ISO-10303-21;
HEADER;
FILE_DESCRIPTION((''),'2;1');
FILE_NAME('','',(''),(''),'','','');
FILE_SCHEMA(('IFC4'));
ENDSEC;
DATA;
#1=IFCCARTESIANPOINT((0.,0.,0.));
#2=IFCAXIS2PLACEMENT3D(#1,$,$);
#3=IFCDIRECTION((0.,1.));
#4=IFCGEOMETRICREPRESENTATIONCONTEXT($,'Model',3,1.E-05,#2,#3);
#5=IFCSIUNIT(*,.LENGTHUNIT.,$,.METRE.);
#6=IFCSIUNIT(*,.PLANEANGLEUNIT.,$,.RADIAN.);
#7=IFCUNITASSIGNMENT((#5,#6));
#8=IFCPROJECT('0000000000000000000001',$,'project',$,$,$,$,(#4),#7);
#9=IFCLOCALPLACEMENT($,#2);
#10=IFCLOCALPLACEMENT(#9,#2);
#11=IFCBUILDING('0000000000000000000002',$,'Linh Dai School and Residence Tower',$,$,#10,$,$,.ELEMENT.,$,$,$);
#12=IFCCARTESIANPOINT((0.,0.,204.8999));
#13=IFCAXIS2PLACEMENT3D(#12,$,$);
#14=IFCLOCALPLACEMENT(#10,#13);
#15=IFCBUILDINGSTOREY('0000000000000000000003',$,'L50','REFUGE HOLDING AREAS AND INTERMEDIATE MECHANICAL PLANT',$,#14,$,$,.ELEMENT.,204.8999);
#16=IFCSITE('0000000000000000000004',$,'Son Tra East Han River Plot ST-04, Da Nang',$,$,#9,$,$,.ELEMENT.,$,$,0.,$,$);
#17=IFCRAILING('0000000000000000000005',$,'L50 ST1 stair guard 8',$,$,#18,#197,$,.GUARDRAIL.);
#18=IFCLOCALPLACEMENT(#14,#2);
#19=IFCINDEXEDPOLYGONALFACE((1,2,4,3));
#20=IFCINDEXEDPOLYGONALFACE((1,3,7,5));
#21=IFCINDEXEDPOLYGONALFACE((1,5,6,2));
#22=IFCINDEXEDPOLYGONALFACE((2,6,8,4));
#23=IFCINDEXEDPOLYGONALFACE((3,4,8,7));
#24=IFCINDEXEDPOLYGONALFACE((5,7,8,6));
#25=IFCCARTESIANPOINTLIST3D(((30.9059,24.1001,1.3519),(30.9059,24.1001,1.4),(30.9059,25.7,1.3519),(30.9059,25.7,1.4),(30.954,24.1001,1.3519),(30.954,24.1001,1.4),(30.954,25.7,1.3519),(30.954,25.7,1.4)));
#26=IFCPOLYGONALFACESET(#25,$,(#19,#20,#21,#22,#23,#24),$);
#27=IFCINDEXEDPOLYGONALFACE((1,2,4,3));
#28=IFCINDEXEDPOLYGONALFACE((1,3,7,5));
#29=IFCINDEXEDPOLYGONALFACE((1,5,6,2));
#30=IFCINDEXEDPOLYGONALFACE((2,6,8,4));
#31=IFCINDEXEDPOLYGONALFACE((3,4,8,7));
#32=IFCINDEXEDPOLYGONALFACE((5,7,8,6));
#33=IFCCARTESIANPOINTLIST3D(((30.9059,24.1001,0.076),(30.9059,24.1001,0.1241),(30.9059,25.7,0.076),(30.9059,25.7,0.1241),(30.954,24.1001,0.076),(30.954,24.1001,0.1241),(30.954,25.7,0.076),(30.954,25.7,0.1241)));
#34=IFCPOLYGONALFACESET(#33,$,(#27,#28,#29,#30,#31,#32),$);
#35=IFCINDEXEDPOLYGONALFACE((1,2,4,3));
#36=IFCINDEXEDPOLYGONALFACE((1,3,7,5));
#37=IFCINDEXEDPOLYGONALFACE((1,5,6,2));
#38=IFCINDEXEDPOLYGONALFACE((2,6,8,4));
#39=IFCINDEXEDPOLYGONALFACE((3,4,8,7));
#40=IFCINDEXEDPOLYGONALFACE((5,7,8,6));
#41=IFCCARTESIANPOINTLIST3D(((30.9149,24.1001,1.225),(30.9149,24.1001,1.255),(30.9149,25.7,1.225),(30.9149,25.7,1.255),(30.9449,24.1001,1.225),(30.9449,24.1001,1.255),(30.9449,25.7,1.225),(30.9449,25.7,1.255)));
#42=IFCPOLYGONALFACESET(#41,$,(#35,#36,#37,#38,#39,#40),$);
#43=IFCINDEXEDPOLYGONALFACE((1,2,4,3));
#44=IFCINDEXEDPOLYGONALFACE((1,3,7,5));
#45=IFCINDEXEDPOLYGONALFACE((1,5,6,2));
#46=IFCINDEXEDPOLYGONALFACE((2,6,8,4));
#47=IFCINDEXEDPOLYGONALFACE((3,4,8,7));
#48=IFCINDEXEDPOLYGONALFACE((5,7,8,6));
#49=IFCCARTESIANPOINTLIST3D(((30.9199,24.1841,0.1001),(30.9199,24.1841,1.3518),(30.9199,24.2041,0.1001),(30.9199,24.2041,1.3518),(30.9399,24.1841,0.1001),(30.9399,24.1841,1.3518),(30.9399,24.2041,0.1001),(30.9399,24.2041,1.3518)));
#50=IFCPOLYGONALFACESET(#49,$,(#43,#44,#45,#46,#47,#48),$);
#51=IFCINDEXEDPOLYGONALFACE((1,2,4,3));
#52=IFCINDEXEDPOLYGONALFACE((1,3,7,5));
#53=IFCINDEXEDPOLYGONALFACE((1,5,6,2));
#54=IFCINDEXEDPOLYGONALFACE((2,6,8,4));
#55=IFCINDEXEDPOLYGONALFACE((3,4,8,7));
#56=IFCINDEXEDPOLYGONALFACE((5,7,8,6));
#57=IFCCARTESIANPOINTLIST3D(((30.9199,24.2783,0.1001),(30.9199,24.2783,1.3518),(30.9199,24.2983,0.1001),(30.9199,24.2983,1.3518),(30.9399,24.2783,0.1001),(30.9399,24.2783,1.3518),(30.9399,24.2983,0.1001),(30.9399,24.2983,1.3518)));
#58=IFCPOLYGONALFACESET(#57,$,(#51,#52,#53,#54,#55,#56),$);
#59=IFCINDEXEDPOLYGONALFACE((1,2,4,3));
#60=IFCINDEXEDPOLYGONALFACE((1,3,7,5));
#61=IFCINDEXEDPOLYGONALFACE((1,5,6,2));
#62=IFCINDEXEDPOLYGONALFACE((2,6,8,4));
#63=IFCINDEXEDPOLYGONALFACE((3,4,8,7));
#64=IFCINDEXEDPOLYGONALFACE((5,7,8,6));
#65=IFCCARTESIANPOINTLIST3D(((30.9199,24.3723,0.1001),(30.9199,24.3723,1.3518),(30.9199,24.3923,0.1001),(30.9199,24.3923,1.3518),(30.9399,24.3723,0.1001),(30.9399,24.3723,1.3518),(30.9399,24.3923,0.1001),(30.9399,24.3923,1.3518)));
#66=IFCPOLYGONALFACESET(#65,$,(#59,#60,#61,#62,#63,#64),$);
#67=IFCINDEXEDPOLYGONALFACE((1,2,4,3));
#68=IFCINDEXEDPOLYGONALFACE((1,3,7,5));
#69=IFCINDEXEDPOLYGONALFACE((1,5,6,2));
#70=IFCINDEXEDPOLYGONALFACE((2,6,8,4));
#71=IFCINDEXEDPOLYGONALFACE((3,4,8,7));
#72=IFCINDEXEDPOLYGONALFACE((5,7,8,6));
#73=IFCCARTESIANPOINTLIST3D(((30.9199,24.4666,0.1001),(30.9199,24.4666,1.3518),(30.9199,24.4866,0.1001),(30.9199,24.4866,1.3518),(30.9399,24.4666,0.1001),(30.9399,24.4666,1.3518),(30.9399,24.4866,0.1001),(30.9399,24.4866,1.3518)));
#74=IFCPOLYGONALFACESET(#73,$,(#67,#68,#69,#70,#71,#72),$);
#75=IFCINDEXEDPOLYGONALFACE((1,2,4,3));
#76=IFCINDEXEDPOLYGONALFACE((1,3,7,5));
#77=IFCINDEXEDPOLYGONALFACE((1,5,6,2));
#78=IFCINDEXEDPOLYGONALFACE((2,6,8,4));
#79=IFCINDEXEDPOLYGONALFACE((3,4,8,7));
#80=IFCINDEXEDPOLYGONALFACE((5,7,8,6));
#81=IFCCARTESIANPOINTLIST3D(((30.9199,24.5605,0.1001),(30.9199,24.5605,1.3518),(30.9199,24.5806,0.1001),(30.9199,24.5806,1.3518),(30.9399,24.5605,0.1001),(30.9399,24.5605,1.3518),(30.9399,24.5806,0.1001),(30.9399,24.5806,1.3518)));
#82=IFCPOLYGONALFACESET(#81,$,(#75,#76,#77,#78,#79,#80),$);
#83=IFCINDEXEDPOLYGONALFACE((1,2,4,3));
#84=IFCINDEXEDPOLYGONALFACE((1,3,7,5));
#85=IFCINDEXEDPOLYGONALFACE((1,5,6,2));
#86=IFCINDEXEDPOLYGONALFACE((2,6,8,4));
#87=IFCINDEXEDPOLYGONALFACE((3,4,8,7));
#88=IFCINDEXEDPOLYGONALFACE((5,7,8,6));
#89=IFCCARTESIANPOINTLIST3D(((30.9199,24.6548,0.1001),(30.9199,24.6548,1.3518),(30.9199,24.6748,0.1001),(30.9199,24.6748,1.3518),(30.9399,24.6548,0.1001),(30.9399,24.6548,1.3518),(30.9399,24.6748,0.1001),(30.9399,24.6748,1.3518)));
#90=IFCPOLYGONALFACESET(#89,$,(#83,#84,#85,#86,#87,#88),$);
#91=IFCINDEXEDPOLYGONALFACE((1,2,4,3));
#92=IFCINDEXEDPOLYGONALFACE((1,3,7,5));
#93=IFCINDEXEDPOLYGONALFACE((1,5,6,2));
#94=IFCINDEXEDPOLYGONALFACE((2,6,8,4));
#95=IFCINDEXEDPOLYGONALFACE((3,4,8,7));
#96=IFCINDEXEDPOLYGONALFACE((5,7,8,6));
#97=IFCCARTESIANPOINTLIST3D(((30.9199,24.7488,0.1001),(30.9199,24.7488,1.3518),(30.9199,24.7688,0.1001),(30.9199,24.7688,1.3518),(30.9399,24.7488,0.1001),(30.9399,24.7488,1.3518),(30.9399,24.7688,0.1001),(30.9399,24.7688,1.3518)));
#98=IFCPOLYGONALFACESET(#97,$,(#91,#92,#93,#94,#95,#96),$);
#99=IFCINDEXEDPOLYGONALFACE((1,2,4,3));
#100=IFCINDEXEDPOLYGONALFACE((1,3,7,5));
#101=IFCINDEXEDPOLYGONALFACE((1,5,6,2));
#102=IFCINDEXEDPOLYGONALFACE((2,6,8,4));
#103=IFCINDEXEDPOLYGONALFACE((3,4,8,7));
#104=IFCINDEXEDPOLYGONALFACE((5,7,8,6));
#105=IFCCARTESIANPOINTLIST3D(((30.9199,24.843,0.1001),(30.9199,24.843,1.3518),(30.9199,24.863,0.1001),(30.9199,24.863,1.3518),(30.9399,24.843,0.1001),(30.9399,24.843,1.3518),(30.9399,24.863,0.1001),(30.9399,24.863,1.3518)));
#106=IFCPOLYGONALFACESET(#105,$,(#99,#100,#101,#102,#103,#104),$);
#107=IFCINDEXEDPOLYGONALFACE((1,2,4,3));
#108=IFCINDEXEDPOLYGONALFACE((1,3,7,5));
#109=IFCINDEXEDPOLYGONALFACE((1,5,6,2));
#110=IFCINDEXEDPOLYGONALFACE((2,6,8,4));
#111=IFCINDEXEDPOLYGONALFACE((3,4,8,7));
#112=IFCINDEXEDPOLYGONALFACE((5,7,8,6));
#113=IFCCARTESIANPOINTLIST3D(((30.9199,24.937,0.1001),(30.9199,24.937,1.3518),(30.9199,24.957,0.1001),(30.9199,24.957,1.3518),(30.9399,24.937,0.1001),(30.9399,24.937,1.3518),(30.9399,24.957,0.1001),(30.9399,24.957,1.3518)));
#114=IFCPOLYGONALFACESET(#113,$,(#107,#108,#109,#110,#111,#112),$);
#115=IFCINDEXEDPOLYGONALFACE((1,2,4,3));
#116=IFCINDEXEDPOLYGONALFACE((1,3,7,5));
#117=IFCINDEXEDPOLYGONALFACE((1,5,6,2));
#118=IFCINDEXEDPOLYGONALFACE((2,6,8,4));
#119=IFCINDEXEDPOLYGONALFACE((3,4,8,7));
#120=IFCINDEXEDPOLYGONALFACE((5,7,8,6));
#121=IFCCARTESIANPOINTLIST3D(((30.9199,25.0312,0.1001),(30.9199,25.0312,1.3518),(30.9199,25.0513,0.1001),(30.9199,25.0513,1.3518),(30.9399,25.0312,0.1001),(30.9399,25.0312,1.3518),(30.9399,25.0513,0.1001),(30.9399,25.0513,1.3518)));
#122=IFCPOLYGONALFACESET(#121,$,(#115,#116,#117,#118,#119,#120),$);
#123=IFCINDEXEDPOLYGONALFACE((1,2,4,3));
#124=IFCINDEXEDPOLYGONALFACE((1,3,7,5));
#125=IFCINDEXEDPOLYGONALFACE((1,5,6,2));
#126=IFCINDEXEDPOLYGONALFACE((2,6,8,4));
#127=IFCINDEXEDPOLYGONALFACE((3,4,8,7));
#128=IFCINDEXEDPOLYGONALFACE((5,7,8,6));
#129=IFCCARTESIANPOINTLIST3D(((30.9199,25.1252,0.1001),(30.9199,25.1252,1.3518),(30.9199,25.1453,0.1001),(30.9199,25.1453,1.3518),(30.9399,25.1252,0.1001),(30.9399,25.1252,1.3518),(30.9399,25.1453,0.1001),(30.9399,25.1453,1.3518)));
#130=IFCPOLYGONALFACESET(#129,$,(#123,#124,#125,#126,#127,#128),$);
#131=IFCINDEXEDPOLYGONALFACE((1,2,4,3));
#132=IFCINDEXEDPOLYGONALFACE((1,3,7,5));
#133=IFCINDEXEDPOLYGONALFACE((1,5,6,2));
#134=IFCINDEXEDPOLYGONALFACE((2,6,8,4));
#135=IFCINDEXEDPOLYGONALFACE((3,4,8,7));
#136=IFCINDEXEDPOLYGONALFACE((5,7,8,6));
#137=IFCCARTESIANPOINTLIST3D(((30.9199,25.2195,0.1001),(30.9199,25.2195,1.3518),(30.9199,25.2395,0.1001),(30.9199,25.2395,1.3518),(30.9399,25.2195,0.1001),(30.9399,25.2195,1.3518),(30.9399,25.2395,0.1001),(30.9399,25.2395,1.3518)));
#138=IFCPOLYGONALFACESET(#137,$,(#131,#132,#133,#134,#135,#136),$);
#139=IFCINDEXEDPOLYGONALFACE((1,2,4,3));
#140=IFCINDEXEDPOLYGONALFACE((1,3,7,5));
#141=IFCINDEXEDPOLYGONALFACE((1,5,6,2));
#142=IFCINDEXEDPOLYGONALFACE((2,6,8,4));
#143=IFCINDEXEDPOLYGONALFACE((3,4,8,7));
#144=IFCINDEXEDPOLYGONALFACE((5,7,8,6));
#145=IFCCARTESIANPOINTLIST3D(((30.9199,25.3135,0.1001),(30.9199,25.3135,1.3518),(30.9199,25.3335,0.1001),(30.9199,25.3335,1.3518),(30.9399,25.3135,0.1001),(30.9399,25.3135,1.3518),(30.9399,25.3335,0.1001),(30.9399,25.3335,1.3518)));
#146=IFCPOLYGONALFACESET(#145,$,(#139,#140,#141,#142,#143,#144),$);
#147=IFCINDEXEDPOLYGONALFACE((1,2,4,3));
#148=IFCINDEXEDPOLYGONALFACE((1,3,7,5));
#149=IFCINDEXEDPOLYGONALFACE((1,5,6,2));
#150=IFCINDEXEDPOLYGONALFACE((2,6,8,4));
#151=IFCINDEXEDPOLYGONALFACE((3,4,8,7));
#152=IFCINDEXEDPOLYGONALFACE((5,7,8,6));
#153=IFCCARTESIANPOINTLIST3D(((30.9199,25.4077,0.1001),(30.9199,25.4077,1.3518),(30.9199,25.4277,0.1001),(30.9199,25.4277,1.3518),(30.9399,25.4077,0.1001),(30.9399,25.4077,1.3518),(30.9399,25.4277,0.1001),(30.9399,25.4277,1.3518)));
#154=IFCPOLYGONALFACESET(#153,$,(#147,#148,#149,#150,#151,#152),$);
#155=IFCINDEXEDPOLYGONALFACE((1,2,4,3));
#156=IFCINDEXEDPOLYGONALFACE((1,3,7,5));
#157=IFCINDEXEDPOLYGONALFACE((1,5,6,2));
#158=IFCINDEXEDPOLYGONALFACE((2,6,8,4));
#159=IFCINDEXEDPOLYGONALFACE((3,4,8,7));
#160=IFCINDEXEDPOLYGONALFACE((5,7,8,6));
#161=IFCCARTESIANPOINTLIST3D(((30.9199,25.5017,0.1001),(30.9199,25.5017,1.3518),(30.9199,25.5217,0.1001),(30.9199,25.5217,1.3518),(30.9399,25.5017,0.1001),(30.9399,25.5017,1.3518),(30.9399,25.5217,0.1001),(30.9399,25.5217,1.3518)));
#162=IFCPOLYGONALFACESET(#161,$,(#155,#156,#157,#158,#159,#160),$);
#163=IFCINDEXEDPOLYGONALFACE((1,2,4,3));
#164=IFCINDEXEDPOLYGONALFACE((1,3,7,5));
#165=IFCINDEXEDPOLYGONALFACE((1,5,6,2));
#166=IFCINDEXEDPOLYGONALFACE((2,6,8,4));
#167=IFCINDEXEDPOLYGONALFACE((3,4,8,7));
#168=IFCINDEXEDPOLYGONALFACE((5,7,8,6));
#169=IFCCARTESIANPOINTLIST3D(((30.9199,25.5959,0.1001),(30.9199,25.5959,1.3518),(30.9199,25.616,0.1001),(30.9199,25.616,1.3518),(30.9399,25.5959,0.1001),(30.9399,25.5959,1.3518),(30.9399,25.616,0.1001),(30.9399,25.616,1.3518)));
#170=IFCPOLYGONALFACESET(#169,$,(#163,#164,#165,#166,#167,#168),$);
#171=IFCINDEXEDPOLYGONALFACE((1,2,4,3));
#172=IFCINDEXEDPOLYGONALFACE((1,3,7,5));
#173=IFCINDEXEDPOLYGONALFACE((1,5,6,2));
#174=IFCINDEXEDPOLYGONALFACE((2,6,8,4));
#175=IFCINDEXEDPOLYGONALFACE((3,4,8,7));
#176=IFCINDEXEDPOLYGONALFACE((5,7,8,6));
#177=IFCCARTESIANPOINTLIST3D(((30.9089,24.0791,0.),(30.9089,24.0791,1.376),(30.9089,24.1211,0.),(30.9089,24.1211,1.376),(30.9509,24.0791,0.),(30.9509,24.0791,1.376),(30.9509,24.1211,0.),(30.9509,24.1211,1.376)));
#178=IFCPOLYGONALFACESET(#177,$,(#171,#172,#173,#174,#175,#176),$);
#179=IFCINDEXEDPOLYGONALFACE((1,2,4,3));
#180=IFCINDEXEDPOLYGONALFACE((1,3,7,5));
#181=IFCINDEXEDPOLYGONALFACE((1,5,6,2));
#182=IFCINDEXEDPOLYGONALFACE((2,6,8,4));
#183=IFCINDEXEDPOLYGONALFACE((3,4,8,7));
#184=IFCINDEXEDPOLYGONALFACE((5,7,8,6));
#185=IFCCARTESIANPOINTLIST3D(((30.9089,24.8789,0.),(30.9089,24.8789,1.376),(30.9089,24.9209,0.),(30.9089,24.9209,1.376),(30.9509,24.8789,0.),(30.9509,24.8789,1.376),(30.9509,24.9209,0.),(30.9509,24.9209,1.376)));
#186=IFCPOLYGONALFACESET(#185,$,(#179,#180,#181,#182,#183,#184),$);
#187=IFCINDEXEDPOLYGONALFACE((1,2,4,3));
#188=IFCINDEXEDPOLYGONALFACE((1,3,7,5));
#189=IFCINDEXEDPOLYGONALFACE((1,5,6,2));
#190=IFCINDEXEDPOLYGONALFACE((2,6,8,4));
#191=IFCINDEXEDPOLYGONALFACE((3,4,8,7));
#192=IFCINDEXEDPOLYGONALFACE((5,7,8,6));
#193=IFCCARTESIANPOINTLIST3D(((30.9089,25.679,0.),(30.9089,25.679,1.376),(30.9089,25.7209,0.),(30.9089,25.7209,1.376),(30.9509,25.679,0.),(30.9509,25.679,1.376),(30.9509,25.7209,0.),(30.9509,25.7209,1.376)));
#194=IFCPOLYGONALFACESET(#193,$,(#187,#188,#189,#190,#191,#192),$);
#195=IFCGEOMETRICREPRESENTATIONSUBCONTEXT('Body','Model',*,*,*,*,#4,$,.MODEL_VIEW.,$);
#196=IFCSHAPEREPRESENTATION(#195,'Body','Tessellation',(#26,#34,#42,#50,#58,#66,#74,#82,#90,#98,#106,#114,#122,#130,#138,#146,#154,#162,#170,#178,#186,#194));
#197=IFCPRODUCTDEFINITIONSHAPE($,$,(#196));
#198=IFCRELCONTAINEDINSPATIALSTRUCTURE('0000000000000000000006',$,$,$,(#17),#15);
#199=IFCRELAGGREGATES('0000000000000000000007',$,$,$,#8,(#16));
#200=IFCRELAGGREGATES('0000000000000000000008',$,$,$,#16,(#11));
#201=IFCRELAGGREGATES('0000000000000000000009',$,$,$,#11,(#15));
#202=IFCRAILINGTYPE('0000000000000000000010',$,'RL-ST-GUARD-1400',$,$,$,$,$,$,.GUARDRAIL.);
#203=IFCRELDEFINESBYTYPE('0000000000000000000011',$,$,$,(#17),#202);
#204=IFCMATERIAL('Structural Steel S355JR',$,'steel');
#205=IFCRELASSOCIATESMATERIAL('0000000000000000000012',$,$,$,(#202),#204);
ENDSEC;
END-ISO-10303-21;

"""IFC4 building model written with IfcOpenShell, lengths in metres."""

from ifc_helpers import new_model, si_unit, direction, frame, origin, origin_2d, place, context, subcontext, project, spatial, rectangle, extrude, source, transform, mapped, material, type_object, element, save


model = new_model("IFC4")

# Units and contexts
model_context = context("Model", 3, precision=1e-05, world=origin(), true_north=direction((0.0, 1.0)))
body_context = subcontext(model_context, "Body", "Model", "MODEL_VIEW")
ifc_project = project(units=[si_unit("LENGTHUNIT", "METRE"), si_unit("PLANEANGLEUNIT", "RADIAN")], contexts=[model_context])

# Site, building, storey
site_placement = place(None, origin())
site = spatial("IfcSite", under=ifc_project, at=site_placement, Name="Son Tra East Han River Plot ST-04, Da Nang", CompositionType="ELEMENT", RefElevation=0.0)
building_placement = place(site_placement, origin())
building = spatial("IfcBuilding", under=site, at=building_placement, Name="Linh Dai School and Residence Tower", CompositionType="ELEMENT")
storey_placement = place(building_placement, frame((0.0, 0.0, 204.8999)))
storey = spatial("IfcBuildingStorey", under=building, at=storey_placement, Name="L50", Description="REFUGE HOLDING AREAS AND INTERMEDIATE MECHANICAL PLANT", CompositionType="ELEMENT", Elevation=204.8999)

# Shared definitions
ifc_material_1 = material(Name="Structural Steel S355JR", Category="steel")

# Railing
railing_type_1 = type_object("IfcRailingType", Name="RL-ST-GUARD-1400", PredefinedType="GUARDRAIL", material=ifc_material_1)
shared_shape_1 = source(origin(), body_context, "Body", "SweptSolid", [
    extrude(rectangle(XDim=0.0481, YDim=0.0481, at=origin_2d()), frame((0.0, 0.0, 1.376), z_axis=(0.0, 1.0, 0.0), x_axis=(-1.0, 0.0, 0.0)), (0.0, 0.0, 1.0), 1.5999),
    extrude(rectangle(XDim=0.0481, YDim=0.0481, at=origin_2d()), frame((0.0, 0.0, 0.1001), z_axis=(0.0, 1.0, 0.0), x_axis=(-1.0, 0.0, 0.0)), (0.0, 0.0, 1.0), 1.5999),
    extrude(rectangle(XDim=0.03, YDim=0.03, at=origin_2d()), frame((0.0, 0.0, 1.24), z_axis=(0.0, 1.0, 0.0), x_axis=(-1.0, 0.0, 0.0)), (0.0, 0.0, 1.0), 1.5999),
    extrude(rectangle(XDim=0.02, YDim=0.02, at=origin_2d()), frame((0.0, 0.094, 0.1001)), (0.0, 0.0, 1.0), 1.2517),
    extrude(rectangle(XDim=0.02, YDim=0.02, at=origin_2d()), frame((0.0, 0.1882, 0.1001)), (0.0, 0.0, 1.0), 1.2517),
    extrude(rectangle(XDim=0.02, YDim=0.02, at=origin_2d()), frame((0.0, 0.2822, 0.1001)), (0.0, 0.0, 1.0), 1.2517),
    extrude(rectangle(XDim=0.02, YDim=0.02, at=origin_2d()), frame((0.0, 0.3765, 0.1001)), (0.0, 0.0, 1.0), 1.2517),
    extrude(rectangle(XDim=0.02, YDim=0.02, at=origin_2d()), frame((0.0, 0.4705, 0.1001)), (0.0, 0.0, 1.0), 1.2517),
    extrude(rectangle(XDim=0.02, YDim=0.02, at=origin_2d()), frame((0.0, 0.5647, 0.1001)), (0.0, 0.0, 1.0), 1.2517),
    extrude(rectangle(XDim=0.02, YDim=0.02, at=origin_2d()), frame((0.0, 0.6587, 0.1001)), (0.0, 0.0, 1.0), 1.2517),
    extrude(rectangle(XDim=0.02, YDim=0.02, at=origin_2d()), frame((0.0, 0.7529, 0.1001)), (0.0, 0.0, 1.0), 1.2517),
    extrude(rectangle(XDim=0.02, YDim=0.02, at=origin_2d()), frame((0.0, 0.8469, 0.1001)), (0.0, 0.0, 1.0), 1.2517),
    extrude(rectangle(XDim=0.02, YDim=0.02, at=origin_2d()), frame((0.0, 0.9412, 0.1001)), (0.0, 0.0, 1.0), 1.2517),
    extrude(rectangle(XDim=0.02, YDim=0.02, at=origin_2d()), frame((0.0, 1.0352, 0.1001)), (0.0, 0.0, 1.0), 1.2517),
    extrude(rectangle(XDim=0.02, YDim=0.02, at=origin_2d()), frame((0.0, 1.1294, 0.1001)), (0.0, 0.0, 1.0), 1.2517),
    extrude(rectangle(XDim=0.02, YDim=0.02, at=origin_2d()), frame((0.0, 1.2234, 0.1001)), (0.0, 0.0, 1.0), 1.2517),
    extrude(rectangle(XDim=0.02, YDim=0.02, at=origin_2d()), frame((0.0, 1.3176, 0.1001)), (0.0, 0.0, 1.0), 1.2517),
    extrude(rectangle(XDim=0.02, YDim=0.02, at=origin_2d()), frame((0.0, 1.4116, 0.1001)), (0.0, 0.0, 1.0), 1.2517),
    extrude(rectangle(XDim=0.02, YDim=0.02, at=origin_2d()), frame((0.0, 1.5059, 0.1001)), (0.0, 0.0, 1.0), 1.2517),
    extrude(rectangle(XDim=0.042, YDim=0.042, at=origin_2d()), origin(), (0.0, 0.0, 1.0), 1.376),
    extrude(rectangle(XDim=0.042, YDim=0.042, at=origin_2d()), frame((0.0, 0.7998, 0.0)), (0.0, 0.0, 1.0), 1.376),
    extrude(rectangle(XDim=0.042, YDim=0.042, at=origin_2d()), frame((0.0, 1.5999, 0.0)), (0.0, 0.0, 1.0), 1.376),
])
for number, where, name in (
    (1, (30.9299, 24.1001, 0.0), "L50 ST1 stair guard 8"),
):
    element("IfcRailing", number, at=place(storey_placement, frame(where)), inside=storey, type_object=railing_type_1, Name=name, PredefinedType="GUARDRAIL", context=body_context, shape_type="MappedRepresentation", body=[
        mapped(shared_shape_1, transform((0.0, 0.0, 0.0), x_axis=(1.0, 0.0, 0.0), y_axis=(0.0, 1.0, 0.0), z_axis=(0.0, 0.0, 1.0), scale=1.0)),
    ])

save(model, "model.ifc")
